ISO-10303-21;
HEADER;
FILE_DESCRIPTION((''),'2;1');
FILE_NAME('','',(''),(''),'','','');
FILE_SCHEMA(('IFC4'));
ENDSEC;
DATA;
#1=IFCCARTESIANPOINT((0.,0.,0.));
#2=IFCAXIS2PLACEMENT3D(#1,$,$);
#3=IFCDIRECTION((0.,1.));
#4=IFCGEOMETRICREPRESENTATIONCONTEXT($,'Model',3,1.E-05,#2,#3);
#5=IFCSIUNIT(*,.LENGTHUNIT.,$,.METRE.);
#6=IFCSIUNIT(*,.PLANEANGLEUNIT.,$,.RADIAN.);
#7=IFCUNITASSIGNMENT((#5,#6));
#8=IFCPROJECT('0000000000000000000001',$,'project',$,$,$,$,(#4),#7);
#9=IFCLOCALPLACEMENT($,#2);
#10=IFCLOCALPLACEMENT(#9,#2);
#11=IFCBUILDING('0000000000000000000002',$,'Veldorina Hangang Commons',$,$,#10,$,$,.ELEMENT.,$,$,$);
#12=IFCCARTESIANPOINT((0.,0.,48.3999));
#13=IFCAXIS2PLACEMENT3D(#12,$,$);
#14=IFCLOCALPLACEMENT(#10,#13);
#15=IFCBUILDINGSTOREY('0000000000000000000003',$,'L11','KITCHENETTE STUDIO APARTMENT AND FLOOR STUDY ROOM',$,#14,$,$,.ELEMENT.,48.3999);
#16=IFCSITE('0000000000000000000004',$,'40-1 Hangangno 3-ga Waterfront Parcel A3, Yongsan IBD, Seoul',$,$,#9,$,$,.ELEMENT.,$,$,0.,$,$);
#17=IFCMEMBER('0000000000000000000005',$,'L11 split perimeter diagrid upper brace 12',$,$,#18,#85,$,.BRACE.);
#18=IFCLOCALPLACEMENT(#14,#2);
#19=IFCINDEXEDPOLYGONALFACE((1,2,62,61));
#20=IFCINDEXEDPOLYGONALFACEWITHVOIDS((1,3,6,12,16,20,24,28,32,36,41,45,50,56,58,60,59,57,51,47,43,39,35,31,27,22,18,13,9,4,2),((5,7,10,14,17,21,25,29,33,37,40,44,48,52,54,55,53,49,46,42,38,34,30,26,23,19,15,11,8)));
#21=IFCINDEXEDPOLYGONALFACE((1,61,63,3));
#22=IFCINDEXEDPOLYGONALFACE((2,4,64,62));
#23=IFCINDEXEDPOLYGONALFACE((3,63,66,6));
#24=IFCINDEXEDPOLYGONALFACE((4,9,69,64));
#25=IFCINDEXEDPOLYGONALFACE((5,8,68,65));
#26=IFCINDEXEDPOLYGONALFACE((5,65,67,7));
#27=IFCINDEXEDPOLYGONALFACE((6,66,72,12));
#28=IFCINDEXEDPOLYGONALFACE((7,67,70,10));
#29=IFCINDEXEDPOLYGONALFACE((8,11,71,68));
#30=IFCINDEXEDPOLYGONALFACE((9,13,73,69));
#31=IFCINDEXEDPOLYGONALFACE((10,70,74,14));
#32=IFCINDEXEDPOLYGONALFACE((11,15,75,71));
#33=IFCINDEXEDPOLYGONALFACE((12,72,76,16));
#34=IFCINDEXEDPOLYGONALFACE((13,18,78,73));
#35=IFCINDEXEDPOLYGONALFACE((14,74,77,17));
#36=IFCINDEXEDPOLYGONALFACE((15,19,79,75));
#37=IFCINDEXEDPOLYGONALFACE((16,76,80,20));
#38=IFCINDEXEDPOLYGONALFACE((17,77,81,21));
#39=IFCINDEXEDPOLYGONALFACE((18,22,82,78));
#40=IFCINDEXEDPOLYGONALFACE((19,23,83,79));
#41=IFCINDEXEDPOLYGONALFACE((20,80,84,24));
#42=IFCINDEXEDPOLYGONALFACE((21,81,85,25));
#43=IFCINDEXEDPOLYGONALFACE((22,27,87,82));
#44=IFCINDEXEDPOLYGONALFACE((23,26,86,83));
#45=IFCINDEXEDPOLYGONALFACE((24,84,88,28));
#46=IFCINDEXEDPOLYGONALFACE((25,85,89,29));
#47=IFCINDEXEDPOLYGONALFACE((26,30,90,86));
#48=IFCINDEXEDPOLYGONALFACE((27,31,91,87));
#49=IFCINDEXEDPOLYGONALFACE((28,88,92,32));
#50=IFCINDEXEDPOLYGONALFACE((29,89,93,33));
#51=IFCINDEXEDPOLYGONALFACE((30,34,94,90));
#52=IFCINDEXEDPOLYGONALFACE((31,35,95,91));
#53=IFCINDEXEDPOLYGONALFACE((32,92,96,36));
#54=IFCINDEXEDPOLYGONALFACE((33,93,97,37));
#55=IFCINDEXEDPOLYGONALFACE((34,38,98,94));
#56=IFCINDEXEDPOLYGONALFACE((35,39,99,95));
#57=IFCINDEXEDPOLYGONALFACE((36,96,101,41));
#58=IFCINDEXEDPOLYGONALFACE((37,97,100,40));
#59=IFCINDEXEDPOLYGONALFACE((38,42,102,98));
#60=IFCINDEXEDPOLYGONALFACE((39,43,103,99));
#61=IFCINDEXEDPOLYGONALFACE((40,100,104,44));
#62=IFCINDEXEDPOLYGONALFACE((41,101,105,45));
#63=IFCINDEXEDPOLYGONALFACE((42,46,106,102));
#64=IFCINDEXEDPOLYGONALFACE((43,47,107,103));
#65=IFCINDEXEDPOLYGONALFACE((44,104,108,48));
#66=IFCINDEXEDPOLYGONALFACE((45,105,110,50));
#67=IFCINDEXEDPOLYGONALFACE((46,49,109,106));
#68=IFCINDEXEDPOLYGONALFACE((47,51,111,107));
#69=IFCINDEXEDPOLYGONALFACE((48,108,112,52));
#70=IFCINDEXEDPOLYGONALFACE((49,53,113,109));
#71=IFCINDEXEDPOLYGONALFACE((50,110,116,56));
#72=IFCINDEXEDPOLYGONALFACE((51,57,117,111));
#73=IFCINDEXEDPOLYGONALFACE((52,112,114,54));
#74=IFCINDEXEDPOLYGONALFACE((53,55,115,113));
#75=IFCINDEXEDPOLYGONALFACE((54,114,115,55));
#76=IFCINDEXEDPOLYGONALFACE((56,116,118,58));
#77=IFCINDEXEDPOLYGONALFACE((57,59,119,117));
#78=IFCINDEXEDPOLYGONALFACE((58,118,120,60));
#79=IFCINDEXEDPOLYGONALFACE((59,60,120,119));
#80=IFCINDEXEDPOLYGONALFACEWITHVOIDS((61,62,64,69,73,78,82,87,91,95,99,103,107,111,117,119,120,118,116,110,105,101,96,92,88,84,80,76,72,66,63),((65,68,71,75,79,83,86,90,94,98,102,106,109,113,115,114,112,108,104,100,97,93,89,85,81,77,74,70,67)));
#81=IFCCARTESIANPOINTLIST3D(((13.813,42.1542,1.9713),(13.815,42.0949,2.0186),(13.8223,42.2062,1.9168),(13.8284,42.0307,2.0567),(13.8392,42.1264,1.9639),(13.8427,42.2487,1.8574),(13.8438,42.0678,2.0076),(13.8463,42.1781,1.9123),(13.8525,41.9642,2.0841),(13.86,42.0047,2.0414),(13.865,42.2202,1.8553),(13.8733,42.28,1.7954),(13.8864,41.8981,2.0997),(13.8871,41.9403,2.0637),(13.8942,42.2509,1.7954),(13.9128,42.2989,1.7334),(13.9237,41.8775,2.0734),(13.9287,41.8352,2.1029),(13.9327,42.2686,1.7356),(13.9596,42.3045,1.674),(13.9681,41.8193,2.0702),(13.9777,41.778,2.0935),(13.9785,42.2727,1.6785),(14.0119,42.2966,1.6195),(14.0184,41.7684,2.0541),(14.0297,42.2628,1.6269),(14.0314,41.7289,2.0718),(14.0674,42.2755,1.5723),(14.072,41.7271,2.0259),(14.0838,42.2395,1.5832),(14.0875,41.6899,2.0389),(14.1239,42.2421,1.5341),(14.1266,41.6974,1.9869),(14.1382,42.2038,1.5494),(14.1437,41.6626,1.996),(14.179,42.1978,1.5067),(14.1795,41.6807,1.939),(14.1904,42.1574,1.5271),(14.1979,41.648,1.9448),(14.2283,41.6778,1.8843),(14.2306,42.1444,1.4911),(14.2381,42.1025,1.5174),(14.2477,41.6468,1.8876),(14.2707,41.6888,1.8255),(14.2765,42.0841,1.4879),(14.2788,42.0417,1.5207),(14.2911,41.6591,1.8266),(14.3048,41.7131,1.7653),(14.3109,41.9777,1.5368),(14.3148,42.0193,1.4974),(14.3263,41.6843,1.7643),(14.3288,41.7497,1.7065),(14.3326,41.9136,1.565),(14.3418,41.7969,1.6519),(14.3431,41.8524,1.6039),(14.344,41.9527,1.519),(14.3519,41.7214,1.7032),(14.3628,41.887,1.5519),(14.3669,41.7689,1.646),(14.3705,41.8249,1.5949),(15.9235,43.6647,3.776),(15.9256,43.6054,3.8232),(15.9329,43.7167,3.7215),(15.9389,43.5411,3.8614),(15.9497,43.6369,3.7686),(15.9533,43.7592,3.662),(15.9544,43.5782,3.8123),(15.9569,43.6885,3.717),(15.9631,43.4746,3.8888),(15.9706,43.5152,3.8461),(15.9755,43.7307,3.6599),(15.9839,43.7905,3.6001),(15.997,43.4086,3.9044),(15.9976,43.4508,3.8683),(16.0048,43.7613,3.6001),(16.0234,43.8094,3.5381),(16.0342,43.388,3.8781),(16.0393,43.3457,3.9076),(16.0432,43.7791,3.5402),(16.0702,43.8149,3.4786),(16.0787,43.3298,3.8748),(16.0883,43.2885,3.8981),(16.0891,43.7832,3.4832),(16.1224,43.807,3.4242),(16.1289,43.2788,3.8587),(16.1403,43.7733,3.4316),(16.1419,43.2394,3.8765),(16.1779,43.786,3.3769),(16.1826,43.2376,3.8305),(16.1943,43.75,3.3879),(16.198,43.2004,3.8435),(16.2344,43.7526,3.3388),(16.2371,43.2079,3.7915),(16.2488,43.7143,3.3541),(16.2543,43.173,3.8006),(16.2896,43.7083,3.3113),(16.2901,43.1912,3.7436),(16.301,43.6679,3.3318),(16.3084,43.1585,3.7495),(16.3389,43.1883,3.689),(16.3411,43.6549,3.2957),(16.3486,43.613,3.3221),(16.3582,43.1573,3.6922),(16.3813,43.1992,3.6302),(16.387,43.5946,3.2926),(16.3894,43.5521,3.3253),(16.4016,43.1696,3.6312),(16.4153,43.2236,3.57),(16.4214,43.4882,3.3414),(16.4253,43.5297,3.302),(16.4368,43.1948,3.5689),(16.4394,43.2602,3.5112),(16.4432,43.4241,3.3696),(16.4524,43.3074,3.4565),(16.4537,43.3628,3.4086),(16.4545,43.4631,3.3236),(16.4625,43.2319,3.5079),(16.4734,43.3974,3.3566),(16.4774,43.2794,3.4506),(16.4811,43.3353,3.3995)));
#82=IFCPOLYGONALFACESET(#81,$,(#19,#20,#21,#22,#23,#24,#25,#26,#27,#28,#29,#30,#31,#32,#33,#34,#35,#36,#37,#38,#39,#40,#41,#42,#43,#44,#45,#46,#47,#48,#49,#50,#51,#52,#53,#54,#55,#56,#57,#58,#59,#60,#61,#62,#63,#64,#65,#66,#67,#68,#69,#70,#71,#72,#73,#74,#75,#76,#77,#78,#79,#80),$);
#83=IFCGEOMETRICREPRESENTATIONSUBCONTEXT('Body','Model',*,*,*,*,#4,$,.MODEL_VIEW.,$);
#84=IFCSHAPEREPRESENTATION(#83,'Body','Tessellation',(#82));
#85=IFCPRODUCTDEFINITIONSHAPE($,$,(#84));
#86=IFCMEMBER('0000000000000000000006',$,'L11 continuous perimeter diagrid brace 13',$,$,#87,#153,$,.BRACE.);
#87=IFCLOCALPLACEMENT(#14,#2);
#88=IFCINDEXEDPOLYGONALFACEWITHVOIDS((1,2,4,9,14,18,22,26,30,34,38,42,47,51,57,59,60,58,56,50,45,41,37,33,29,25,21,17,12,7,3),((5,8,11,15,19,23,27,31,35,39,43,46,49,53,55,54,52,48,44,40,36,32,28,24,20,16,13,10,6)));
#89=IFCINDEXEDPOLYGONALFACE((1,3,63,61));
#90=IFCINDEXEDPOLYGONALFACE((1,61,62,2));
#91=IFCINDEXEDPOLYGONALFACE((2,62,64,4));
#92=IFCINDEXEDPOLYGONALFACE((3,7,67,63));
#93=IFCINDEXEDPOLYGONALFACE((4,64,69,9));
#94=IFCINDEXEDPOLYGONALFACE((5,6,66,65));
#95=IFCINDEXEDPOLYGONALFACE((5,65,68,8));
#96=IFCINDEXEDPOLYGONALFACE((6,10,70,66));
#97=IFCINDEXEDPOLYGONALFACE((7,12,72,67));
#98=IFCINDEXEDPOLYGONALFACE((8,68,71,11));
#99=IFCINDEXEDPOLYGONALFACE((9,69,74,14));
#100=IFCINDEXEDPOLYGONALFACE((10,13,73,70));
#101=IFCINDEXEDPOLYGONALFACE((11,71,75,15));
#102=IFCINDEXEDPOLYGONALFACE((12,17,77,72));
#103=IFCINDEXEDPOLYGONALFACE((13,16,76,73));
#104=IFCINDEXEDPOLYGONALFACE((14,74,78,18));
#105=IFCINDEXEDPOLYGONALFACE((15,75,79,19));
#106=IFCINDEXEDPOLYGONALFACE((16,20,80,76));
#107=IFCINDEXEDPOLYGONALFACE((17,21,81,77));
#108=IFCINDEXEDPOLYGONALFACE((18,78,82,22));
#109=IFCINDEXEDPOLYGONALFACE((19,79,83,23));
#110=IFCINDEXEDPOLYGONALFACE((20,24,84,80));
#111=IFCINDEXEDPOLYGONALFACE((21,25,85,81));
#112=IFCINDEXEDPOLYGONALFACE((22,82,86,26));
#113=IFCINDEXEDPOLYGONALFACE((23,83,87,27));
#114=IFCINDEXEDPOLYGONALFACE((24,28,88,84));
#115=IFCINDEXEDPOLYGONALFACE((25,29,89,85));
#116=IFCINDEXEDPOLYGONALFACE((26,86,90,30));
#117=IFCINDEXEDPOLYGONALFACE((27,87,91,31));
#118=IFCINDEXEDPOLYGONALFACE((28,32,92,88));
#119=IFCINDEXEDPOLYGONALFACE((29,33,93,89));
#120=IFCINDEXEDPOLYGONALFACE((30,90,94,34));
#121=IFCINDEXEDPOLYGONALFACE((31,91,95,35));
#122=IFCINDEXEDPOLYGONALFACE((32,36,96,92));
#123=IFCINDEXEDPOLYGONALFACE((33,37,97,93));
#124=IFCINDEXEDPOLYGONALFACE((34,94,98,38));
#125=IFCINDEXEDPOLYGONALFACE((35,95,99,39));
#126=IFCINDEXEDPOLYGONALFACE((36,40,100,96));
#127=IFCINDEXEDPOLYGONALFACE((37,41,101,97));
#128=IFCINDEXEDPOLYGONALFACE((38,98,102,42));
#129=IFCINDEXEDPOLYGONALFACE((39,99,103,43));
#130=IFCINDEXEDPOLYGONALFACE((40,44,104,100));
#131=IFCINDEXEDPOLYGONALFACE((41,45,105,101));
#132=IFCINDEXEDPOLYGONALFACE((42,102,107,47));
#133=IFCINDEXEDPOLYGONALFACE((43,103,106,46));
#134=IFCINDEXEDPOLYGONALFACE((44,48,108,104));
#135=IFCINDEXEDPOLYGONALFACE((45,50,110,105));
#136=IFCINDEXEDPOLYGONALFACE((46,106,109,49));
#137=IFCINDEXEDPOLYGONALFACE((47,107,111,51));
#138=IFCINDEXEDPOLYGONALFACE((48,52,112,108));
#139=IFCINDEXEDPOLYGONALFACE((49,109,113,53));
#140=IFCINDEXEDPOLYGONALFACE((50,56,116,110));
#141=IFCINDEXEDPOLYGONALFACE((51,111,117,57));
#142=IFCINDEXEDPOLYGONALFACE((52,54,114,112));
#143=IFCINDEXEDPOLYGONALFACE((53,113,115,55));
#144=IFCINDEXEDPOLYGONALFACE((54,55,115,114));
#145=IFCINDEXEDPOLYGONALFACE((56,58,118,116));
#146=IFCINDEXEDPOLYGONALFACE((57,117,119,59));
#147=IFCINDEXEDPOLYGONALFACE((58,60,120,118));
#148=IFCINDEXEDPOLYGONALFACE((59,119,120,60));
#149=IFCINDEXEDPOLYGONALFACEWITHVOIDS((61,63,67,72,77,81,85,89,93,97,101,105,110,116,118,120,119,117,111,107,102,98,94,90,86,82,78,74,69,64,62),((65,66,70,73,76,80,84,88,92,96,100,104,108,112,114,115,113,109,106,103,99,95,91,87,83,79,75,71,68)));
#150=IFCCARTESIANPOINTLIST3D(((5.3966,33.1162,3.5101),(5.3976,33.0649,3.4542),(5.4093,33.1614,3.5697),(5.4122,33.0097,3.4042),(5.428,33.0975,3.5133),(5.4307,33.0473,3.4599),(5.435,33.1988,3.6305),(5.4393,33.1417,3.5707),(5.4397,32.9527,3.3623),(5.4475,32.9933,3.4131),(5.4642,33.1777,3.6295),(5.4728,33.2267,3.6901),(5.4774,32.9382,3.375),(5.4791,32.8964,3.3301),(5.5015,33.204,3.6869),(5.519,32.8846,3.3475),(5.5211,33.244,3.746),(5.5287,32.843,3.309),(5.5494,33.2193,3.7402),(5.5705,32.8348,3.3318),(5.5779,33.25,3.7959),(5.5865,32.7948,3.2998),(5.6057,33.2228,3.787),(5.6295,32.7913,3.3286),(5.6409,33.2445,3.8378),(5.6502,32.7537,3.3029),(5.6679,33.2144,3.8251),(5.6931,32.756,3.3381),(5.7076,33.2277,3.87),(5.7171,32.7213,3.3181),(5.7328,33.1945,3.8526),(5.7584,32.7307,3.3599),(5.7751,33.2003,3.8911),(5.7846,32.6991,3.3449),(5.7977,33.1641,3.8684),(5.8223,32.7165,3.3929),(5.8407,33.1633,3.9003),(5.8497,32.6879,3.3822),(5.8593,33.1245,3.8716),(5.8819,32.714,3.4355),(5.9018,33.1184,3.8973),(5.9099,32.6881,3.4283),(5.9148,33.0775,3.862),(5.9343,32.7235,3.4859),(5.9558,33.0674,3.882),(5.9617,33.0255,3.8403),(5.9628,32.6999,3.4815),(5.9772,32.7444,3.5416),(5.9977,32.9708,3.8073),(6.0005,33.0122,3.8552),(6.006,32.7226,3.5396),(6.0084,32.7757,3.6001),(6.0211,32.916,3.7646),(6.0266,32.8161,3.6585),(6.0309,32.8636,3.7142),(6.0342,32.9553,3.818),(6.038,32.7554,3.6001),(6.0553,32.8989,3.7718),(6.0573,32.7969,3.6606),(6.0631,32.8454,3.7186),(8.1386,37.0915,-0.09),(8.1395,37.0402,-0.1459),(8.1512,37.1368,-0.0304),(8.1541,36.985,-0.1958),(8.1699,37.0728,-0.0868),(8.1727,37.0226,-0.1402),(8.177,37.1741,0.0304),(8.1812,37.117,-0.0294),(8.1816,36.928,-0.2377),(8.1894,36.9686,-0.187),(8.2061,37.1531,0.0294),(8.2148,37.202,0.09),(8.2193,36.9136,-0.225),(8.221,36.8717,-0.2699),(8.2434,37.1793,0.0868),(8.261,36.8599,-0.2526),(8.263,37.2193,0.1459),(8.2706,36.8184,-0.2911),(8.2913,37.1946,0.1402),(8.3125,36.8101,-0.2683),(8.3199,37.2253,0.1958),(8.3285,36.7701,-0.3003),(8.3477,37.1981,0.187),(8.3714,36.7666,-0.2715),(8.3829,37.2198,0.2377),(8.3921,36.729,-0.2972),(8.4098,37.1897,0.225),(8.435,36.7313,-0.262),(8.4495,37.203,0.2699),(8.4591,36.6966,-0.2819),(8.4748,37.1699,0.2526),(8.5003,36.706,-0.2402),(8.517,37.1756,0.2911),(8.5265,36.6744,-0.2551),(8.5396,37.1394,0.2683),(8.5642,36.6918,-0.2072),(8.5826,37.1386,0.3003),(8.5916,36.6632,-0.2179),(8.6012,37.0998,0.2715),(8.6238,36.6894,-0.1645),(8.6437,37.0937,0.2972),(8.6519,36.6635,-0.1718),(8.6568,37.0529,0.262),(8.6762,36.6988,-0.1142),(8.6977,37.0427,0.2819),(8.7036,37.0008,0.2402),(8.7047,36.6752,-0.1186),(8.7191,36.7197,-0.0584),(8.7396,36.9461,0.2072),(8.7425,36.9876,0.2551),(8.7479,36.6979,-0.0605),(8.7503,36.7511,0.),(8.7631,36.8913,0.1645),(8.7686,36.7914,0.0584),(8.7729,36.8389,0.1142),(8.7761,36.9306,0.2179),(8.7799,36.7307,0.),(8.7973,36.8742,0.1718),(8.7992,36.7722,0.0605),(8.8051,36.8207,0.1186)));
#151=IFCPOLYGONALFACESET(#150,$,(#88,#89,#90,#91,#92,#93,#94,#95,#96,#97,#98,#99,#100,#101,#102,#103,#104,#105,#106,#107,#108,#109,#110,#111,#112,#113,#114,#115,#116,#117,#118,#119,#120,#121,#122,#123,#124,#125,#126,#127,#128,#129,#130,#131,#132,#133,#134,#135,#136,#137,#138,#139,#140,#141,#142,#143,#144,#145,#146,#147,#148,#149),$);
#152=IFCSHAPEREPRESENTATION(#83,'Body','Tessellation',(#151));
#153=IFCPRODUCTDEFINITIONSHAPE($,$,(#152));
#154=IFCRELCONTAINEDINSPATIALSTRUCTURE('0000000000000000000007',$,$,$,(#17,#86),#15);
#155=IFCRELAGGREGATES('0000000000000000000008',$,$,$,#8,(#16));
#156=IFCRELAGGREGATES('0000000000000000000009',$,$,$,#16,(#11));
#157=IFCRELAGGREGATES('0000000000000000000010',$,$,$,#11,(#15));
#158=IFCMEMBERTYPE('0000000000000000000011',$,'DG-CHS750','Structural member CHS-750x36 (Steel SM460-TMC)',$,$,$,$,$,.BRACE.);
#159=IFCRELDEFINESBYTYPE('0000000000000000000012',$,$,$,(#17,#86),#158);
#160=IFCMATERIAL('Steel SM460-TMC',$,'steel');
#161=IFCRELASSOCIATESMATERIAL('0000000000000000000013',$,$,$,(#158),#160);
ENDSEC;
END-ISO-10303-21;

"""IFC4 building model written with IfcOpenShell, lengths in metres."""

from ifc_helpers import new_model, si_unit, direction, frame, origin, origin_2d, place, context, subcontext, project, spatial, hollow_circle, extrude, material, material_profile, profile_set, type_object, element, save


model = new_model("IFC4")

# Units and contexts
model_context = context("Model", 3, precision=1e-05, world=origin(), true_north=direction((0.0, 1.0)))
body_context = subcontext(model_context, "Body", "Model", "MODEL_VIEW")
ifc_project = project(units=[si_unit("LENGTHUNIT", "METRE"), si_unit("PLANEANGLEUNIT", "RADIAN")], contexts=[model_context])

# Site, building, storey
site_placement = place(None, origin())
site = spatial("IfcSite", under=ifc_project, at=site_placement, Name="40-1 Hangangno 3-ga Waterfront Parcel A3, Yongsan IBD, Seoul", CompositionType="ELEMENT", RefElevation=0.0)
building_placement = place(site_placement, origin())
building = spatial("IfcBuilding", under=site, at=building_placement, Name="Veldorina Hangang Commons", CompositionType="ELEMENT")
storey_placement = place(building_placement, frame((0.0, 0.0, 48.3999)))
storey = spatial("IfcBuildingStorey", under=building, at=storey_placement, Name="L11", Description="KITCHENETTE STUDIO APARTMENT AND FLOOR STUDY ROOM", CompositionType="ELEMENT", Elevation=48.3999)

# Shared definitions
ifc_material_1 = material(Name="Steel SM460-TMC", Category="steel")

# Members
ifc_material_profile_1 = material_profile(ifc_material_1, hollow_circle(Radius=0.375, WallThickness=0.0359, at=origin_2d()), Name="CHS-750x36")
ifc_profile_set_1 = profile_set([ifc_material_profile_1], Name="Steel SM460-TMC")
member_type = type_object("IfcMemberType", Name="DG-CHS750", Description="Structural member CHS-750x36 (Steel SM460-TMC)", PredefinedType="BRACE", material=ifc_profile_set_1)
member_1_placement = place(storey_placement, frame((14.0916, 41.9751, 1.7954), z_axis=(0.667659, 0.477826, 0.570889), x_axis=(-0.581985, 0.813199, 0.0)))
element("IfcMember", 1, at=member_1_placement, inside=storey, type_object=member_type, Name="L11 split perimeter diagrid upper brace 12", PredefinedType="BRACE", context=body_context, shape_type="SweptSolid", body=[
    extrude(hollow_circle(Radius=0.375, WallThickness=0.0359, at=origin_2d()), origin(), (0.0, 0.0, 1.0), 3.1611),
])
member_2_placement = place(storey_placement, frame((8.4712, 36.9436, 0.0), z_axis=(-0.455209, -0.659974, 0.597677), x_axis=(0.823181, -0.567779, 0.0)))
element("IfcMember", 2, at=member_2_placement, inside=storey, type_object=member_type, Name="L11 continuous perimeter diagrid brace 13", PredefinedType="BRACE", context=body_context, shape_type="SweptSolid", body=[
    extrude(hollow_circle(Radius=0.375, WallThickness=0.0359, at=origin_2d()), origin(), (0.0, 0.0, 1.0), 6.0234),
])

save(model, "model.ifc")
